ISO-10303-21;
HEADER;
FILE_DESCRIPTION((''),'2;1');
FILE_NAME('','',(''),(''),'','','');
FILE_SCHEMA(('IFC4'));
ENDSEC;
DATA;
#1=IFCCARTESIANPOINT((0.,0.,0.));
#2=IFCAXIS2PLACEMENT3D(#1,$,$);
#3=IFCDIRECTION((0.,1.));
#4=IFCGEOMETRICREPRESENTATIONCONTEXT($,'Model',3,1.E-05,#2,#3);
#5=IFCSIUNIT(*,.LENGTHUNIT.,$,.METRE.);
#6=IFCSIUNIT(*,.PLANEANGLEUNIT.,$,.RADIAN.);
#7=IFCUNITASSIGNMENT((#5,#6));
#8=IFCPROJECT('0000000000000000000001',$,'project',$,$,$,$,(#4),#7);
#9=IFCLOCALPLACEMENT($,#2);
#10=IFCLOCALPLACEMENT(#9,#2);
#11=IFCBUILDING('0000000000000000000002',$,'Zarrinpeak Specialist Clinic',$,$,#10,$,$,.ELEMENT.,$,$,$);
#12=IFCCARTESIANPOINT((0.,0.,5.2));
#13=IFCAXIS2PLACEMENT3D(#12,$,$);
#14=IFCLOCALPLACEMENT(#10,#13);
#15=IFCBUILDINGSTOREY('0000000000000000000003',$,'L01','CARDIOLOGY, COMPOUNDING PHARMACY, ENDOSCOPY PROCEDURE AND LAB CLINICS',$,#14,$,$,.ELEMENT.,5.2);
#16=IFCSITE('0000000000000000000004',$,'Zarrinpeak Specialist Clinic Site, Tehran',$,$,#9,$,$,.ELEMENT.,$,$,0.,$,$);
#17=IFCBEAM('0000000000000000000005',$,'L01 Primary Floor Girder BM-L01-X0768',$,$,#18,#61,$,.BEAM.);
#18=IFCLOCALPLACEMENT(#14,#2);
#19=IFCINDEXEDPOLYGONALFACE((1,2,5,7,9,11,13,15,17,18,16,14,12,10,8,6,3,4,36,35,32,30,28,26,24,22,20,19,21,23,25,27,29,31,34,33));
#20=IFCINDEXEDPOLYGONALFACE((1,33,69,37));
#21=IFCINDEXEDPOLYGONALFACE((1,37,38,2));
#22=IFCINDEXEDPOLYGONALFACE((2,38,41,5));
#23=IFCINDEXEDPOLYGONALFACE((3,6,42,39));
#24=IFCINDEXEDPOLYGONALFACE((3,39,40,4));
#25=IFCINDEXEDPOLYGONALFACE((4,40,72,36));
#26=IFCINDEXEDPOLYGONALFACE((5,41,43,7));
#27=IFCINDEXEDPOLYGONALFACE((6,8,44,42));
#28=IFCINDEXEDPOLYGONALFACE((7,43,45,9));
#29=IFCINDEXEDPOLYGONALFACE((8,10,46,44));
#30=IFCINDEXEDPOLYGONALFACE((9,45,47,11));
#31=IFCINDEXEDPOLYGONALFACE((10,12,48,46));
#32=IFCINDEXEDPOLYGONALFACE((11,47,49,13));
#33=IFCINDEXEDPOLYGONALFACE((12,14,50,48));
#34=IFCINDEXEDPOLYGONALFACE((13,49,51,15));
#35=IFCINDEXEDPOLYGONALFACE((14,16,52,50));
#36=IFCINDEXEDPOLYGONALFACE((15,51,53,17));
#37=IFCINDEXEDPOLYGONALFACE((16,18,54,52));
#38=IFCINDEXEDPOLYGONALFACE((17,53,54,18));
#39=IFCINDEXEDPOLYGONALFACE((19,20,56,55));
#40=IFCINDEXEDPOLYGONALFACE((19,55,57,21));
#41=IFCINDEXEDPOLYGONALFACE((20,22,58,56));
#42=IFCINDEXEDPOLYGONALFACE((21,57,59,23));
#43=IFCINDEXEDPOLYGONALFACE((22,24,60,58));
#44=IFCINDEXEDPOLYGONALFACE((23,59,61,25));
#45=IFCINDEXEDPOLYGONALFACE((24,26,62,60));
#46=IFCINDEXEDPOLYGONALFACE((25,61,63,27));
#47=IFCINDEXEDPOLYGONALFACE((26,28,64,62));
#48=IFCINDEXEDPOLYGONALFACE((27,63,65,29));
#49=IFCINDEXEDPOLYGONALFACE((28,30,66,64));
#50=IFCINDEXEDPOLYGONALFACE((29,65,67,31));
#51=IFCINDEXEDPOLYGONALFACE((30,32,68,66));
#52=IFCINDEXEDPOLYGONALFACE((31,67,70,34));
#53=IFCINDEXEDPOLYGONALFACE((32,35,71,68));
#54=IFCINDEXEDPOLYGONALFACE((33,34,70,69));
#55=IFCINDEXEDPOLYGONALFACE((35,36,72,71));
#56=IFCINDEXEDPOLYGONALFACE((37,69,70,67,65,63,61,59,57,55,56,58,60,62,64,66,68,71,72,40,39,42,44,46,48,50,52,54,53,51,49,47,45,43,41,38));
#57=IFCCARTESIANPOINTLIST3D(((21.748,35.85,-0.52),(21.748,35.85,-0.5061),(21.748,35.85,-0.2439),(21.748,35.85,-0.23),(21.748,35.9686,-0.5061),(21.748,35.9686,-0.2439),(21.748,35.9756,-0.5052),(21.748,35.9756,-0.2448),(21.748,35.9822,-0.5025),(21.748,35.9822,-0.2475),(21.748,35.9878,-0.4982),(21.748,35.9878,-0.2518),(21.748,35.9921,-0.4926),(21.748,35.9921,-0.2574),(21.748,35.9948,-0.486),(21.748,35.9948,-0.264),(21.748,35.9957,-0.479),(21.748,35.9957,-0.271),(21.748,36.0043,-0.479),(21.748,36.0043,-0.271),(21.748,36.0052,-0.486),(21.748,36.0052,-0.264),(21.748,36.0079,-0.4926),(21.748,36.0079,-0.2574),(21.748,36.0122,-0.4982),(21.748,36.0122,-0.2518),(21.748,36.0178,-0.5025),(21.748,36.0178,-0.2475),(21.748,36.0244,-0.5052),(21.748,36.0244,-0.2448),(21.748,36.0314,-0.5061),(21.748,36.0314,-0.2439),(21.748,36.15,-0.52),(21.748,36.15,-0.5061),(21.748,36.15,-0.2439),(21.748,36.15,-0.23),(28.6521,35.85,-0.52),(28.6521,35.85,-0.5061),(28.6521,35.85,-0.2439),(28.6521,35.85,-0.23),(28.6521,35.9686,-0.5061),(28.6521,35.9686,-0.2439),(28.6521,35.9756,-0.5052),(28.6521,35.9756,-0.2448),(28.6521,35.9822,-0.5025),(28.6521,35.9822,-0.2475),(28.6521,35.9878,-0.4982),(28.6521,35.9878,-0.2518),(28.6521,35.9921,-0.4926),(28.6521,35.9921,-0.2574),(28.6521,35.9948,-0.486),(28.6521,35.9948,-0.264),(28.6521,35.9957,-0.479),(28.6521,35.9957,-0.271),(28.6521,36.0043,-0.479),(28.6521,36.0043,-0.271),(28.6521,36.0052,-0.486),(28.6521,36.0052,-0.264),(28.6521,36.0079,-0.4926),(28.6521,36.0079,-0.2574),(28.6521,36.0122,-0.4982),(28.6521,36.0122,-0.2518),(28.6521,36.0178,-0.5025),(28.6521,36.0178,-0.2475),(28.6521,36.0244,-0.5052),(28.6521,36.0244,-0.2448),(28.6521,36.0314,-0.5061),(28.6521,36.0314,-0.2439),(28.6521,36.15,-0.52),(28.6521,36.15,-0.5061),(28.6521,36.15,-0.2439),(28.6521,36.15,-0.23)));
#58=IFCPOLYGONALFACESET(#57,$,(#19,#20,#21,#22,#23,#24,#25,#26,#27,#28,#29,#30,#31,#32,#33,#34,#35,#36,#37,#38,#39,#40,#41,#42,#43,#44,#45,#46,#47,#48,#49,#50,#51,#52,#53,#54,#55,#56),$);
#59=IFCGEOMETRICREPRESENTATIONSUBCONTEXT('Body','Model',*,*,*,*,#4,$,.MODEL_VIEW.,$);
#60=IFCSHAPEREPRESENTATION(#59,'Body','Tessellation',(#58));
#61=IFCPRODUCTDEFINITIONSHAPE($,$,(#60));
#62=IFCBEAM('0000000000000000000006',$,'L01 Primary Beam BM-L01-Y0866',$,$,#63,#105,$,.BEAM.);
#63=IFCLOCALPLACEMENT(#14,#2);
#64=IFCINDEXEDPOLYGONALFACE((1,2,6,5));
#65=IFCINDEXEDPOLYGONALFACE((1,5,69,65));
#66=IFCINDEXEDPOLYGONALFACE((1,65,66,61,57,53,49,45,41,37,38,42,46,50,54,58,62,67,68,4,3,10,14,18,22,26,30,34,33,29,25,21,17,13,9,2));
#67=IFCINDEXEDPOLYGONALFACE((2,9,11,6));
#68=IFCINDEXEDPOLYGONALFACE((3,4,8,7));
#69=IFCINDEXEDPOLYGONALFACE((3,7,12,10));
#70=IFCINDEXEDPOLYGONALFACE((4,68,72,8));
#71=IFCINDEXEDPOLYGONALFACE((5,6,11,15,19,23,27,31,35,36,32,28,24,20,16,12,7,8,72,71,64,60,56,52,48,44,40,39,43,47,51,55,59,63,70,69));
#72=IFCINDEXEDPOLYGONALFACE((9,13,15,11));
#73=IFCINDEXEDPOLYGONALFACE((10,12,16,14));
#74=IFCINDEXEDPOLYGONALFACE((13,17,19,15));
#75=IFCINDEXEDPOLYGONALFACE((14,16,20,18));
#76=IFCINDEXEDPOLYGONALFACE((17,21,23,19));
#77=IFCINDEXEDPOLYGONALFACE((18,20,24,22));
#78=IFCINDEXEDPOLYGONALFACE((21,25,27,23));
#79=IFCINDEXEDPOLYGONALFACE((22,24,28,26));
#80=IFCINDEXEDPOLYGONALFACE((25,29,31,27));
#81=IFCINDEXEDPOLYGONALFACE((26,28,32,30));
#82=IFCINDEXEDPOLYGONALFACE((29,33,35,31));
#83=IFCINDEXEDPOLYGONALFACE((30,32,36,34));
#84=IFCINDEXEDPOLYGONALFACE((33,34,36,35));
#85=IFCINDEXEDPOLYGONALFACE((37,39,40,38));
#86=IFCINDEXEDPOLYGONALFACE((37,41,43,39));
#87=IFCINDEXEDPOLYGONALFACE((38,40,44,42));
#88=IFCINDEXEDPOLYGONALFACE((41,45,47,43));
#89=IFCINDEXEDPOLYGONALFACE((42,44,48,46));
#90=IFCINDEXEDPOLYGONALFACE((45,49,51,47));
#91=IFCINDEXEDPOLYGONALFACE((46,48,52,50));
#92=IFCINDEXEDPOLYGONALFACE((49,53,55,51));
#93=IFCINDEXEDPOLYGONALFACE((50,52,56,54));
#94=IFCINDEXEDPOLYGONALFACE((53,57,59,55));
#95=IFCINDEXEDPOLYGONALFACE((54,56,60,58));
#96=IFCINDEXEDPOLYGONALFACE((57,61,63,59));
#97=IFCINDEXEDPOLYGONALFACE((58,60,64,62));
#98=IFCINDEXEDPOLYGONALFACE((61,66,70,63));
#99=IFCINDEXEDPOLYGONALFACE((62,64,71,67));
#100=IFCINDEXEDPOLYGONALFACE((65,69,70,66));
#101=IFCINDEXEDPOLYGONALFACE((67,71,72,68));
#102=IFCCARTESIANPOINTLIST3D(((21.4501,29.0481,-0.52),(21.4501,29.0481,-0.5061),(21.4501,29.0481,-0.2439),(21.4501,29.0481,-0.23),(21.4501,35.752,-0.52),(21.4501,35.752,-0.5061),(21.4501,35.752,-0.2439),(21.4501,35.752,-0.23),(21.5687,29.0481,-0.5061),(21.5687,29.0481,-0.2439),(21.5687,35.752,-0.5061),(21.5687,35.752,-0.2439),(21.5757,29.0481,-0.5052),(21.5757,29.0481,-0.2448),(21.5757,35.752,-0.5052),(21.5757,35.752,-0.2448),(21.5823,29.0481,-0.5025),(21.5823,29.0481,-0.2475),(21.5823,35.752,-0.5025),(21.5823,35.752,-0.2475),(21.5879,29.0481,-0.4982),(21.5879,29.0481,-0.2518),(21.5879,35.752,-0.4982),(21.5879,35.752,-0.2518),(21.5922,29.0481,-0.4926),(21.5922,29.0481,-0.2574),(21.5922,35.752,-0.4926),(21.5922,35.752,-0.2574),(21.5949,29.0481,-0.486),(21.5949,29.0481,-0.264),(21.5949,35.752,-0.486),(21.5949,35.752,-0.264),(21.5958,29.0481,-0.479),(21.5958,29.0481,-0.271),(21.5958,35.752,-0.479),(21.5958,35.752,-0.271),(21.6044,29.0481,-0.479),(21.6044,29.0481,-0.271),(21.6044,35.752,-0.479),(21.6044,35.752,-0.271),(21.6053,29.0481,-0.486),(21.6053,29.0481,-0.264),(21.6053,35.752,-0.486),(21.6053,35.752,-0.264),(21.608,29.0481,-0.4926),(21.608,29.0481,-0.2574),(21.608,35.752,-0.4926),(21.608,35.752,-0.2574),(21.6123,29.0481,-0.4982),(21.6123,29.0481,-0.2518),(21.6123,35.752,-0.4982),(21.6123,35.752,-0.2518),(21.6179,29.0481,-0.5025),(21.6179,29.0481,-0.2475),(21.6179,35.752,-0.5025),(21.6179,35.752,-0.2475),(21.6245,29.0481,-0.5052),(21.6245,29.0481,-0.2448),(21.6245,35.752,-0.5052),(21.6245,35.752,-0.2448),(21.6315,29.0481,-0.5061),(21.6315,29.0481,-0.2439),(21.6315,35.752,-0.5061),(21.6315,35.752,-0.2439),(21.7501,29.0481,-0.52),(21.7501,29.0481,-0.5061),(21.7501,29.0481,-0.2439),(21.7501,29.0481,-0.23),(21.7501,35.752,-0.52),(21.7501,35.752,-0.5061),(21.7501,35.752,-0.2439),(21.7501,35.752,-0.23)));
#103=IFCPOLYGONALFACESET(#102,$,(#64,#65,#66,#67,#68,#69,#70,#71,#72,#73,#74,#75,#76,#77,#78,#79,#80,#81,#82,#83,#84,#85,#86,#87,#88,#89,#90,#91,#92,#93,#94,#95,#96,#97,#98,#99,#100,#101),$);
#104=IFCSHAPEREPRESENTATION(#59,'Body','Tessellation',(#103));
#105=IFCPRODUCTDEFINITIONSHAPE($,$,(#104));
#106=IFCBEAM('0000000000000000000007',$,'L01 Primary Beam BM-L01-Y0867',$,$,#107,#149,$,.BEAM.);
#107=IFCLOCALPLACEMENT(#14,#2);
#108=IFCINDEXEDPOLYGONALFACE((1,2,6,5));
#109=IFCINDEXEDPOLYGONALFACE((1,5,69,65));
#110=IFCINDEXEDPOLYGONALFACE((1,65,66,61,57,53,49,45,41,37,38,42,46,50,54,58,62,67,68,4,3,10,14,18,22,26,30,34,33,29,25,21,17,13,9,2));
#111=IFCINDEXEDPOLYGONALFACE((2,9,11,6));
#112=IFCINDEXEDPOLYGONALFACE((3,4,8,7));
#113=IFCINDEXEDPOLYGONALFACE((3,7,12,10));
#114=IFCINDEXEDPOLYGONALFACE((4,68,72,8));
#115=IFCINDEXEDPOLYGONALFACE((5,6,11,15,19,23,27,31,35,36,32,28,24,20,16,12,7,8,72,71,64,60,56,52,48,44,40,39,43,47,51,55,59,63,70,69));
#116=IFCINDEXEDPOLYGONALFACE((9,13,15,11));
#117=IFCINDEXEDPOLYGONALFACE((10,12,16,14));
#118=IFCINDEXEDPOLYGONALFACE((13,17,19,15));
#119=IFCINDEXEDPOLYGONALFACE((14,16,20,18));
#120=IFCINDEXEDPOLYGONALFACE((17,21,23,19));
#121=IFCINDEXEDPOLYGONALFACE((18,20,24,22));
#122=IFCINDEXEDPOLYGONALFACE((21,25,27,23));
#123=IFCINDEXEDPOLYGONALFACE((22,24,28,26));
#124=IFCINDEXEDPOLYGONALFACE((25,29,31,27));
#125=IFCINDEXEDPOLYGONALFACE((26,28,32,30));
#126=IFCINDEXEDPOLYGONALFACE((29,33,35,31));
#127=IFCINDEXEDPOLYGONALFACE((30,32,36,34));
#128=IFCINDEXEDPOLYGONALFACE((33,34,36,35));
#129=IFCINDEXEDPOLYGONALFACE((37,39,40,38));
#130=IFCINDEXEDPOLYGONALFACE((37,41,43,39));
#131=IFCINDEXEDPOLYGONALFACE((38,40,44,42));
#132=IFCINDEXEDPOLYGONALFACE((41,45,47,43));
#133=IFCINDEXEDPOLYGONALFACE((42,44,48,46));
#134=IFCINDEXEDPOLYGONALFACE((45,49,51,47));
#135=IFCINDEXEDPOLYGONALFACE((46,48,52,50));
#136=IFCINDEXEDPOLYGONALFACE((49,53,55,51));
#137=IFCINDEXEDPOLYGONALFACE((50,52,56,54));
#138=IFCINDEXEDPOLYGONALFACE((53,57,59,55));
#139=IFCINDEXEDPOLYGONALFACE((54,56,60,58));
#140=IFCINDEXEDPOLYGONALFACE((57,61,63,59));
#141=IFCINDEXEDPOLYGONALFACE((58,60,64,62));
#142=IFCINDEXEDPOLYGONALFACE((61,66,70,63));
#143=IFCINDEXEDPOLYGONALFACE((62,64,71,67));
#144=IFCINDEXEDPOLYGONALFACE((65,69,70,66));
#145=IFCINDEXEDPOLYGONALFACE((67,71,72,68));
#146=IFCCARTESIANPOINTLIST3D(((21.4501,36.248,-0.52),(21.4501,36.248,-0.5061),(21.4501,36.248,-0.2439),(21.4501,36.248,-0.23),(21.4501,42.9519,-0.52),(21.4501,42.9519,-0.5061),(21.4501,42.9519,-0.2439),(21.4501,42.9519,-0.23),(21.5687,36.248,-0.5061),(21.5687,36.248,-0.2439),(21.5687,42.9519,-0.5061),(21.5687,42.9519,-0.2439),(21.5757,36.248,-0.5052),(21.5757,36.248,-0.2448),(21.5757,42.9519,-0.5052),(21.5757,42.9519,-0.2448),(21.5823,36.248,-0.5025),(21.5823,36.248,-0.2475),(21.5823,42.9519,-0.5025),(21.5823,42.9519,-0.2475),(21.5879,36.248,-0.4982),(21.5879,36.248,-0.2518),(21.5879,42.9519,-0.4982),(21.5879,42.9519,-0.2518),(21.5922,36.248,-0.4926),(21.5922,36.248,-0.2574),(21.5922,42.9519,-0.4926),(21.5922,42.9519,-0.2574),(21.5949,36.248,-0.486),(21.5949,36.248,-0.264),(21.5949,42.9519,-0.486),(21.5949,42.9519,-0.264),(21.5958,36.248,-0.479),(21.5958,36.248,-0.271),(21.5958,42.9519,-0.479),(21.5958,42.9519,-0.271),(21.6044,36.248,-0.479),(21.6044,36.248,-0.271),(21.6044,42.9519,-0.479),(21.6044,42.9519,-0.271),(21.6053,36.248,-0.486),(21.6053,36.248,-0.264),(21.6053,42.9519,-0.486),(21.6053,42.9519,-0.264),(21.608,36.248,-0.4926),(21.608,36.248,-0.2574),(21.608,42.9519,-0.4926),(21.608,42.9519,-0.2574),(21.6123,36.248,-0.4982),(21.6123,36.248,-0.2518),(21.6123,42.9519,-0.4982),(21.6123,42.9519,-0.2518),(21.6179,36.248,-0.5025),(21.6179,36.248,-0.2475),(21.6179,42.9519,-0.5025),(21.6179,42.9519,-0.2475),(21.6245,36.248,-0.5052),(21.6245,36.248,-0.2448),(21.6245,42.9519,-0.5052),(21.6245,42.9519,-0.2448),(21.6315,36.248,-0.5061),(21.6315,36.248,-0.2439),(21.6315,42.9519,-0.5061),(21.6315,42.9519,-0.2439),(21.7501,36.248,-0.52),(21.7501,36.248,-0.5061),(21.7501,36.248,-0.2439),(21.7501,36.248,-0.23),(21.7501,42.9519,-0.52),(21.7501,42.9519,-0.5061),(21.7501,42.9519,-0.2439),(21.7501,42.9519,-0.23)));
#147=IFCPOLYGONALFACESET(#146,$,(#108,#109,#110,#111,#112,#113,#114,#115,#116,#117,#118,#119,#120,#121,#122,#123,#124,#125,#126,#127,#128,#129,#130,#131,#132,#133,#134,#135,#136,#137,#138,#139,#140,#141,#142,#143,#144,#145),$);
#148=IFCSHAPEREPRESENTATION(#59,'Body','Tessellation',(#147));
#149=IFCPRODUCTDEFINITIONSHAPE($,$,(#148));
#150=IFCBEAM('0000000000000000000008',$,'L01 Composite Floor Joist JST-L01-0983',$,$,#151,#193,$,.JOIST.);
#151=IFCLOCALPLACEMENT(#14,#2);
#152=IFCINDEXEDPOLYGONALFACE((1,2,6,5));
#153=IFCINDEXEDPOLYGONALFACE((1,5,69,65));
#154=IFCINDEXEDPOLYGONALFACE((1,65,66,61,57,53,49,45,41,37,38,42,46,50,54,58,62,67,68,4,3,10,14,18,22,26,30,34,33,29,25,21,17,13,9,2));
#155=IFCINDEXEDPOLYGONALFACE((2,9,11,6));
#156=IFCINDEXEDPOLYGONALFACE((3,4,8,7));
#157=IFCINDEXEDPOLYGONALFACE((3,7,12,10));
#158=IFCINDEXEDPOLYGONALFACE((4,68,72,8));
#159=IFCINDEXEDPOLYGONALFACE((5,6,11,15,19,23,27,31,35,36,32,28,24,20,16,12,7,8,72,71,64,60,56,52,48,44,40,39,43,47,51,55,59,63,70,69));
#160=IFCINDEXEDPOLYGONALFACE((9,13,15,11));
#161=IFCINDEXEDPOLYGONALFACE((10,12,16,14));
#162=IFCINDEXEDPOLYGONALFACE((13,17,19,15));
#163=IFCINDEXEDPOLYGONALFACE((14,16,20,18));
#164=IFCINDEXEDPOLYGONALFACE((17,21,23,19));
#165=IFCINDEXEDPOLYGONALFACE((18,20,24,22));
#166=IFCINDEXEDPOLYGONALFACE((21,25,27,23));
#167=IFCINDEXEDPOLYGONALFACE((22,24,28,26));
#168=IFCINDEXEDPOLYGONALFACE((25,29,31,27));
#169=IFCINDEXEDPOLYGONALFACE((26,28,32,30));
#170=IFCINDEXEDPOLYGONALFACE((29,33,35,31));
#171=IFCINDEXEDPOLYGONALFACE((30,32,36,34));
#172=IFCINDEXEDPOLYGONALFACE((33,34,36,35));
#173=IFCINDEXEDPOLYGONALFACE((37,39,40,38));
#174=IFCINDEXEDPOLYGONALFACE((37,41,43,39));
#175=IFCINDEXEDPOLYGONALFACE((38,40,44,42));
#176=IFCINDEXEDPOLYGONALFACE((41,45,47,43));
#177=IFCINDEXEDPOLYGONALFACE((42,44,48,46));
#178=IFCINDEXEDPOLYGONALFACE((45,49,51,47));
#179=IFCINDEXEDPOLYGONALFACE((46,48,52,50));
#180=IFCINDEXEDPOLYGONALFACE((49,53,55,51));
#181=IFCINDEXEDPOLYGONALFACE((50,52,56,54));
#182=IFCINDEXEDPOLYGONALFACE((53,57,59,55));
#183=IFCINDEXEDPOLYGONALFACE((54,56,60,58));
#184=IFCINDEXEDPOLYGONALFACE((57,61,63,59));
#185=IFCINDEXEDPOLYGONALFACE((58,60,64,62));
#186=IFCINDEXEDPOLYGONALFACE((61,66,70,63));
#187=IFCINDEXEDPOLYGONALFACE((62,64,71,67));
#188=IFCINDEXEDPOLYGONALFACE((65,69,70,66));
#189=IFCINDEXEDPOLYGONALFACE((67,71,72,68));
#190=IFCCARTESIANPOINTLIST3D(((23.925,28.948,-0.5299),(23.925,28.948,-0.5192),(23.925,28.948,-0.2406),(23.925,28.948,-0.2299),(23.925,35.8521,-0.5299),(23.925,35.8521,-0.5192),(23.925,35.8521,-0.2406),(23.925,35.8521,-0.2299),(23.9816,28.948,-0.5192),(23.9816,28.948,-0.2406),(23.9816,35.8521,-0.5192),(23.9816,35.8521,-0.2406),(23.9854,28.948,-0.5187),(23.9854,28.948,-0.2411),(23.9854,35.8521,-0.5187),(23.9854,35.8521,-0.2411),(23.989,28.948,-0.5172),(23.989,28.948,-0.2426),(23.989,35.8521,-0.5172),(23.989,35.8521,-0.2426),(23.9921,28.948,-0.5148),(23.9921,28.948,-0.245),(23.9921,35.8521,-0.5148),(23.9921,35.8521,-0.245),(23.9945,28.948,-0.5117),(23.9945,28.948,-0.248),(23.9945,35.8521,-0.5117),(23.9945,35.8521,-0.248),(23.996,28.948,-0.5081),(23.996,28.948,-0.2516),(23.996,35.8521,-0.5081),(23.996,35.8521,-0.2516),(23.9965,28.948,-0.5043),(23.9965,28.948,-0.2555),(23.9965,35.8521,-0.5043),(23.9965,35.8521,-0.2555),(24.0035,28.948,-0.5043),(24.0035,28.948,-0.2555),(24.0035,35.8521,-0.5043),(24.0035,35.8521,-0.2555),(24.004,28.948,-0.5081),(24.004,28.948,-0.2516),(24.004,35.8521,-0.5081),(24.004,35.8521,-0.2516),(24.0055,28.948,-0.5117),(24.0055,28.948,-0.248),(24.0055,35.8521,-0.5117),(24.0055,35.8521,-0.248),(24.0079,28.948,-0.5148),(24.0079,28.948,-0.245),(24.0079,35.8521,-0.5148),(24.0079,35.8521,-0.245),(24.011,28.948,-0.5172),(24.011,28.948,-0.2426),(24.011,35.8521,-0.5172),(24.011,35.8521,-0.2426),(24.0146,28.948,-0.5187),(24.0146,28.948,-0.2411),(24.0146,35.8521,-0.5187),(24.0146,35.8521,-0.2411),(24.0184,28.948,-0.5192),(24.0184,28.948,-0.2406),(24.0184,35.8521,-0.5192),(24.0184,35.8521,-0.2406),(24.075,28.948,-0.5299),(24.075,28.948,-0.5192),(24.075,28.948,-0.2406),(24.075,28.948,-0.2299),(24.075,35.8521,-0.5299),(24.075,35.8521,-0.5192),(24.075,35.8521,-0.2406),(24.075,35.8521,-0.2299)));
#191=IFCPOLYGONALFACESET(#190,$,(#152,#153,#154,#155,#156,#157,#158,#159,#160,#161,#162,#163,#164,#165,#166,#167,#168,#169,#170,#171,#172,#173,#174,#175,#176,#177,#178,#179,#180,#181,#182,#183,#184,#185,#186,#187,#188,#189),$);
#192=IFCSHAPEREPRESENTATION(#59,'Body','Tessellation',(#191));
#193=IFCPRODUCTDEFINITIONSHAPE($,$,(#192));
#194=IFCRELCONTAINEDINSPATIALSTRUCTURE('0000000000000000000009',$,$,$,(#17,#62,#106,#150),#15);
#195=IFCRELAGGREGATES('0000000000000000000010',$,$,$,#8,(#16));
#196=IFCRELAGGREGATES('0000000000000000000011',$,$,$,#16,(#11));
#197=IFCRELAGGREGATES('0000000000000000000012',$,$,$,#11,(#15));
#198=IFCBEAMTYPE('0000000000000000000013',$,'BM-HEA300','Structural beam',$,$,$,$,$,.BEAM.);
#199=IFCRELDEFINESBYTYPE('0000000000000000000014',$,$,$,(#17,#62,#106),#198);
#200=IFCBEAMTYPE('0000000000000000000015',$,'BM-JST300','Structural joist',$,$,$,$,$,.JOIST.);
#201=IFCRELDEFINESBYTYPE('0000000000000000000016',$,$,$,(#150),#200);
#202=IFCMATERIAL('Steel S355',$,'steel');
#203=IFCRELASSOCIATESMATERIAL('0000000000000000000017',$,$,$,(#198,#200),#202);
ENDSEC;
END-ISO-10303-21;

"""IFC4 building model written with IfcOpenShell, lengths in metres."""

from ifc_helpers import new_model, si_unit, direction, frame, origin, origin_2d, place, context, subcontext, project, spatial, i_section, extrude, material, material_profile, profile_set, type_object, element, save


model = new_model("IFC4")

# Units and contexts
model_context = context("Model", 3, precision=1e-05, world=origin(), true_north=direction((0.0, 1.0)))
body_context = subcontext(model_context, "Body", "Model", "MODEL_VIEW")
ifc_project = project(units=[si_unit("LENGTHUNIT", "METRE"), si_unit("PLANEANGLEUNIT", "RADIAN")], contexts=[model_context])

# Site, building, storey
site_placement = place(None, origin())
site = spatial("IfcSite", under=ifc_project, at=site_placement, Name="Zarrinpeak Specialist Clinic Site, Tehran", CompositionType="ELEMENT", RefElevation=0.0)
building_placement = place(site_placement, origin())
building = spatial("IfcBuilding", under=site, at=building_placement, Name="Zarrinpeak Specialist Clinic", CompositionType="ELEMENT")
storey_placement = place(building_placement, frame((0.0, 0.0, 5.2)))
storey = spatial("IfcBuildingStorey", under=building, at=storey_placement, Name="L01", Description="CARDIOLOGY, COMPOUNDING PHARMACY, ENDOSCOPY PROCEDURE AND LAB CLINICS", CompositionType="ELEMENT", Elevation=5.2)

# Shared definitions
ifc_material_1 = material(Name="Steel S355", Category="steel")

# Beams
ifc_material_profile_1 = material_profile(ifc_material_1, i_section(OverallWidth=0.3, OverallDepth=0.29, WebThickness=0.0085, FlangeThickness=0.0139, FilletRadius=0.0271, at=origin_2d()), Name="HEA 300")
ifc_profile_set_1 = profile_set([ifc_material_profile_1], Name="Steel S355")
beam_type_1 = type_object("IfcBeamType", Name="BM-HEA300", Description="Structural beam", PredefinedType="BEAM", material=ifc_profile_set_1)
for number, where, z_axis, x_axis, name in (
    (1, (21.748, 36.0, -0.375), (1.0, 0.0, 0.0), (0.0, 1.0, 0.0), "L01 Primary Floor Girder BM-L01-X0768"),
):
    element("IfcBeam", number, at=place(storey_placement, frame(where, z_axis=z_axis, x_axis=x_axis)), inside=storey, type_object=beam_type_1, Name=name, PredefinedType="BEAM", context=body_context, shape_type="SweptSolid", body=[
        extrude(i_section(OverallWidth=0.3, OverallDepth=0.29, WebThickness=0.0085, FlangeThickness=0.0139, FilletRadius=0.0271, at=origin_2d()), origin(), (0.0, 0.0, 1.0), 6.9041),
    ])
for number, where, z_axis, x_axis, name in (
    (2, (21.6001, 29.0481, -0.375), (0.0, 1.0, 0.0), (-1.0, 0.0, 0.0), "L01 Primary Beam BM-L01-Y0866"),
    (3, (21.6001, 36.248, -0.375), (0.0, 1.0, 0.0), (-1.0, 0.0, 0.0), "L01 Primary Beam BM-L01-Y0867"),
):
    element("IfcBeam", number, at=place(storey_placement, frame(where, z_axis=z_axis, x_axis=x_axis)), inside=storey, type_object=beam_type_1, Name=name, PredefinedType="BEAM", context=body_context, shape_type="SweptSolid", body=[
        extrude(i_section(OverallWidth=0.3, OverallDepth=0.29, WebThickness=0.0085, FlangeThickness=0.0139, FilletRadius=0.0271, at=origin_2d()), origin(), (0.0, 0.0, 1.0), 6.7039),
    ])
ifc_material_profile_2 = material_profile(ifc_material_1, i_section(OverallWidth=0.1499, OverallDepth=0.3, WebThickness=0.0071, FlangeThickness=0.0107, FilletRadius=0.0149, at=origin_2d()), Name="IPE 300")
ifc_profile_set_2 = profile_set([ifc_material_profile_2], Name="Steel S355")
beam_type_2 = type_object("IfcBeamType", Name="BM-JST300", Description="Structural joist", PredefinedType="JOIST", material=ifc_profile_set_2)
for number, where, z_axis, x_axis, name in (
    (4, (24.0, 28.948, -0.3799), (0.0, 1.0, 0.0), (-1.0, 0.0, 0.0), "L01 Composite Floor Joist JST-L01-0983"),
):
    element("IfcBeam", number, at=place(storey_placement, frame(where, z_axis=z_axis, x_axis=x_axis)), inside=storey, type_object=beam_type_2, Name=name, PredefinedType="JOIST", context=body_context, shape_type="SweptSolid", body=[
        extrude(i_section(OverallWidth=0.1499, OverallDepth=0.3, WebThickness=0.0071, FlangeThickness=0.0107, FilletRadius=0.0149, at=origin_2d()), origin(), (0.0, 0.0, 1.0), 6.9041),
    ])

save(model, "model.ifc")
